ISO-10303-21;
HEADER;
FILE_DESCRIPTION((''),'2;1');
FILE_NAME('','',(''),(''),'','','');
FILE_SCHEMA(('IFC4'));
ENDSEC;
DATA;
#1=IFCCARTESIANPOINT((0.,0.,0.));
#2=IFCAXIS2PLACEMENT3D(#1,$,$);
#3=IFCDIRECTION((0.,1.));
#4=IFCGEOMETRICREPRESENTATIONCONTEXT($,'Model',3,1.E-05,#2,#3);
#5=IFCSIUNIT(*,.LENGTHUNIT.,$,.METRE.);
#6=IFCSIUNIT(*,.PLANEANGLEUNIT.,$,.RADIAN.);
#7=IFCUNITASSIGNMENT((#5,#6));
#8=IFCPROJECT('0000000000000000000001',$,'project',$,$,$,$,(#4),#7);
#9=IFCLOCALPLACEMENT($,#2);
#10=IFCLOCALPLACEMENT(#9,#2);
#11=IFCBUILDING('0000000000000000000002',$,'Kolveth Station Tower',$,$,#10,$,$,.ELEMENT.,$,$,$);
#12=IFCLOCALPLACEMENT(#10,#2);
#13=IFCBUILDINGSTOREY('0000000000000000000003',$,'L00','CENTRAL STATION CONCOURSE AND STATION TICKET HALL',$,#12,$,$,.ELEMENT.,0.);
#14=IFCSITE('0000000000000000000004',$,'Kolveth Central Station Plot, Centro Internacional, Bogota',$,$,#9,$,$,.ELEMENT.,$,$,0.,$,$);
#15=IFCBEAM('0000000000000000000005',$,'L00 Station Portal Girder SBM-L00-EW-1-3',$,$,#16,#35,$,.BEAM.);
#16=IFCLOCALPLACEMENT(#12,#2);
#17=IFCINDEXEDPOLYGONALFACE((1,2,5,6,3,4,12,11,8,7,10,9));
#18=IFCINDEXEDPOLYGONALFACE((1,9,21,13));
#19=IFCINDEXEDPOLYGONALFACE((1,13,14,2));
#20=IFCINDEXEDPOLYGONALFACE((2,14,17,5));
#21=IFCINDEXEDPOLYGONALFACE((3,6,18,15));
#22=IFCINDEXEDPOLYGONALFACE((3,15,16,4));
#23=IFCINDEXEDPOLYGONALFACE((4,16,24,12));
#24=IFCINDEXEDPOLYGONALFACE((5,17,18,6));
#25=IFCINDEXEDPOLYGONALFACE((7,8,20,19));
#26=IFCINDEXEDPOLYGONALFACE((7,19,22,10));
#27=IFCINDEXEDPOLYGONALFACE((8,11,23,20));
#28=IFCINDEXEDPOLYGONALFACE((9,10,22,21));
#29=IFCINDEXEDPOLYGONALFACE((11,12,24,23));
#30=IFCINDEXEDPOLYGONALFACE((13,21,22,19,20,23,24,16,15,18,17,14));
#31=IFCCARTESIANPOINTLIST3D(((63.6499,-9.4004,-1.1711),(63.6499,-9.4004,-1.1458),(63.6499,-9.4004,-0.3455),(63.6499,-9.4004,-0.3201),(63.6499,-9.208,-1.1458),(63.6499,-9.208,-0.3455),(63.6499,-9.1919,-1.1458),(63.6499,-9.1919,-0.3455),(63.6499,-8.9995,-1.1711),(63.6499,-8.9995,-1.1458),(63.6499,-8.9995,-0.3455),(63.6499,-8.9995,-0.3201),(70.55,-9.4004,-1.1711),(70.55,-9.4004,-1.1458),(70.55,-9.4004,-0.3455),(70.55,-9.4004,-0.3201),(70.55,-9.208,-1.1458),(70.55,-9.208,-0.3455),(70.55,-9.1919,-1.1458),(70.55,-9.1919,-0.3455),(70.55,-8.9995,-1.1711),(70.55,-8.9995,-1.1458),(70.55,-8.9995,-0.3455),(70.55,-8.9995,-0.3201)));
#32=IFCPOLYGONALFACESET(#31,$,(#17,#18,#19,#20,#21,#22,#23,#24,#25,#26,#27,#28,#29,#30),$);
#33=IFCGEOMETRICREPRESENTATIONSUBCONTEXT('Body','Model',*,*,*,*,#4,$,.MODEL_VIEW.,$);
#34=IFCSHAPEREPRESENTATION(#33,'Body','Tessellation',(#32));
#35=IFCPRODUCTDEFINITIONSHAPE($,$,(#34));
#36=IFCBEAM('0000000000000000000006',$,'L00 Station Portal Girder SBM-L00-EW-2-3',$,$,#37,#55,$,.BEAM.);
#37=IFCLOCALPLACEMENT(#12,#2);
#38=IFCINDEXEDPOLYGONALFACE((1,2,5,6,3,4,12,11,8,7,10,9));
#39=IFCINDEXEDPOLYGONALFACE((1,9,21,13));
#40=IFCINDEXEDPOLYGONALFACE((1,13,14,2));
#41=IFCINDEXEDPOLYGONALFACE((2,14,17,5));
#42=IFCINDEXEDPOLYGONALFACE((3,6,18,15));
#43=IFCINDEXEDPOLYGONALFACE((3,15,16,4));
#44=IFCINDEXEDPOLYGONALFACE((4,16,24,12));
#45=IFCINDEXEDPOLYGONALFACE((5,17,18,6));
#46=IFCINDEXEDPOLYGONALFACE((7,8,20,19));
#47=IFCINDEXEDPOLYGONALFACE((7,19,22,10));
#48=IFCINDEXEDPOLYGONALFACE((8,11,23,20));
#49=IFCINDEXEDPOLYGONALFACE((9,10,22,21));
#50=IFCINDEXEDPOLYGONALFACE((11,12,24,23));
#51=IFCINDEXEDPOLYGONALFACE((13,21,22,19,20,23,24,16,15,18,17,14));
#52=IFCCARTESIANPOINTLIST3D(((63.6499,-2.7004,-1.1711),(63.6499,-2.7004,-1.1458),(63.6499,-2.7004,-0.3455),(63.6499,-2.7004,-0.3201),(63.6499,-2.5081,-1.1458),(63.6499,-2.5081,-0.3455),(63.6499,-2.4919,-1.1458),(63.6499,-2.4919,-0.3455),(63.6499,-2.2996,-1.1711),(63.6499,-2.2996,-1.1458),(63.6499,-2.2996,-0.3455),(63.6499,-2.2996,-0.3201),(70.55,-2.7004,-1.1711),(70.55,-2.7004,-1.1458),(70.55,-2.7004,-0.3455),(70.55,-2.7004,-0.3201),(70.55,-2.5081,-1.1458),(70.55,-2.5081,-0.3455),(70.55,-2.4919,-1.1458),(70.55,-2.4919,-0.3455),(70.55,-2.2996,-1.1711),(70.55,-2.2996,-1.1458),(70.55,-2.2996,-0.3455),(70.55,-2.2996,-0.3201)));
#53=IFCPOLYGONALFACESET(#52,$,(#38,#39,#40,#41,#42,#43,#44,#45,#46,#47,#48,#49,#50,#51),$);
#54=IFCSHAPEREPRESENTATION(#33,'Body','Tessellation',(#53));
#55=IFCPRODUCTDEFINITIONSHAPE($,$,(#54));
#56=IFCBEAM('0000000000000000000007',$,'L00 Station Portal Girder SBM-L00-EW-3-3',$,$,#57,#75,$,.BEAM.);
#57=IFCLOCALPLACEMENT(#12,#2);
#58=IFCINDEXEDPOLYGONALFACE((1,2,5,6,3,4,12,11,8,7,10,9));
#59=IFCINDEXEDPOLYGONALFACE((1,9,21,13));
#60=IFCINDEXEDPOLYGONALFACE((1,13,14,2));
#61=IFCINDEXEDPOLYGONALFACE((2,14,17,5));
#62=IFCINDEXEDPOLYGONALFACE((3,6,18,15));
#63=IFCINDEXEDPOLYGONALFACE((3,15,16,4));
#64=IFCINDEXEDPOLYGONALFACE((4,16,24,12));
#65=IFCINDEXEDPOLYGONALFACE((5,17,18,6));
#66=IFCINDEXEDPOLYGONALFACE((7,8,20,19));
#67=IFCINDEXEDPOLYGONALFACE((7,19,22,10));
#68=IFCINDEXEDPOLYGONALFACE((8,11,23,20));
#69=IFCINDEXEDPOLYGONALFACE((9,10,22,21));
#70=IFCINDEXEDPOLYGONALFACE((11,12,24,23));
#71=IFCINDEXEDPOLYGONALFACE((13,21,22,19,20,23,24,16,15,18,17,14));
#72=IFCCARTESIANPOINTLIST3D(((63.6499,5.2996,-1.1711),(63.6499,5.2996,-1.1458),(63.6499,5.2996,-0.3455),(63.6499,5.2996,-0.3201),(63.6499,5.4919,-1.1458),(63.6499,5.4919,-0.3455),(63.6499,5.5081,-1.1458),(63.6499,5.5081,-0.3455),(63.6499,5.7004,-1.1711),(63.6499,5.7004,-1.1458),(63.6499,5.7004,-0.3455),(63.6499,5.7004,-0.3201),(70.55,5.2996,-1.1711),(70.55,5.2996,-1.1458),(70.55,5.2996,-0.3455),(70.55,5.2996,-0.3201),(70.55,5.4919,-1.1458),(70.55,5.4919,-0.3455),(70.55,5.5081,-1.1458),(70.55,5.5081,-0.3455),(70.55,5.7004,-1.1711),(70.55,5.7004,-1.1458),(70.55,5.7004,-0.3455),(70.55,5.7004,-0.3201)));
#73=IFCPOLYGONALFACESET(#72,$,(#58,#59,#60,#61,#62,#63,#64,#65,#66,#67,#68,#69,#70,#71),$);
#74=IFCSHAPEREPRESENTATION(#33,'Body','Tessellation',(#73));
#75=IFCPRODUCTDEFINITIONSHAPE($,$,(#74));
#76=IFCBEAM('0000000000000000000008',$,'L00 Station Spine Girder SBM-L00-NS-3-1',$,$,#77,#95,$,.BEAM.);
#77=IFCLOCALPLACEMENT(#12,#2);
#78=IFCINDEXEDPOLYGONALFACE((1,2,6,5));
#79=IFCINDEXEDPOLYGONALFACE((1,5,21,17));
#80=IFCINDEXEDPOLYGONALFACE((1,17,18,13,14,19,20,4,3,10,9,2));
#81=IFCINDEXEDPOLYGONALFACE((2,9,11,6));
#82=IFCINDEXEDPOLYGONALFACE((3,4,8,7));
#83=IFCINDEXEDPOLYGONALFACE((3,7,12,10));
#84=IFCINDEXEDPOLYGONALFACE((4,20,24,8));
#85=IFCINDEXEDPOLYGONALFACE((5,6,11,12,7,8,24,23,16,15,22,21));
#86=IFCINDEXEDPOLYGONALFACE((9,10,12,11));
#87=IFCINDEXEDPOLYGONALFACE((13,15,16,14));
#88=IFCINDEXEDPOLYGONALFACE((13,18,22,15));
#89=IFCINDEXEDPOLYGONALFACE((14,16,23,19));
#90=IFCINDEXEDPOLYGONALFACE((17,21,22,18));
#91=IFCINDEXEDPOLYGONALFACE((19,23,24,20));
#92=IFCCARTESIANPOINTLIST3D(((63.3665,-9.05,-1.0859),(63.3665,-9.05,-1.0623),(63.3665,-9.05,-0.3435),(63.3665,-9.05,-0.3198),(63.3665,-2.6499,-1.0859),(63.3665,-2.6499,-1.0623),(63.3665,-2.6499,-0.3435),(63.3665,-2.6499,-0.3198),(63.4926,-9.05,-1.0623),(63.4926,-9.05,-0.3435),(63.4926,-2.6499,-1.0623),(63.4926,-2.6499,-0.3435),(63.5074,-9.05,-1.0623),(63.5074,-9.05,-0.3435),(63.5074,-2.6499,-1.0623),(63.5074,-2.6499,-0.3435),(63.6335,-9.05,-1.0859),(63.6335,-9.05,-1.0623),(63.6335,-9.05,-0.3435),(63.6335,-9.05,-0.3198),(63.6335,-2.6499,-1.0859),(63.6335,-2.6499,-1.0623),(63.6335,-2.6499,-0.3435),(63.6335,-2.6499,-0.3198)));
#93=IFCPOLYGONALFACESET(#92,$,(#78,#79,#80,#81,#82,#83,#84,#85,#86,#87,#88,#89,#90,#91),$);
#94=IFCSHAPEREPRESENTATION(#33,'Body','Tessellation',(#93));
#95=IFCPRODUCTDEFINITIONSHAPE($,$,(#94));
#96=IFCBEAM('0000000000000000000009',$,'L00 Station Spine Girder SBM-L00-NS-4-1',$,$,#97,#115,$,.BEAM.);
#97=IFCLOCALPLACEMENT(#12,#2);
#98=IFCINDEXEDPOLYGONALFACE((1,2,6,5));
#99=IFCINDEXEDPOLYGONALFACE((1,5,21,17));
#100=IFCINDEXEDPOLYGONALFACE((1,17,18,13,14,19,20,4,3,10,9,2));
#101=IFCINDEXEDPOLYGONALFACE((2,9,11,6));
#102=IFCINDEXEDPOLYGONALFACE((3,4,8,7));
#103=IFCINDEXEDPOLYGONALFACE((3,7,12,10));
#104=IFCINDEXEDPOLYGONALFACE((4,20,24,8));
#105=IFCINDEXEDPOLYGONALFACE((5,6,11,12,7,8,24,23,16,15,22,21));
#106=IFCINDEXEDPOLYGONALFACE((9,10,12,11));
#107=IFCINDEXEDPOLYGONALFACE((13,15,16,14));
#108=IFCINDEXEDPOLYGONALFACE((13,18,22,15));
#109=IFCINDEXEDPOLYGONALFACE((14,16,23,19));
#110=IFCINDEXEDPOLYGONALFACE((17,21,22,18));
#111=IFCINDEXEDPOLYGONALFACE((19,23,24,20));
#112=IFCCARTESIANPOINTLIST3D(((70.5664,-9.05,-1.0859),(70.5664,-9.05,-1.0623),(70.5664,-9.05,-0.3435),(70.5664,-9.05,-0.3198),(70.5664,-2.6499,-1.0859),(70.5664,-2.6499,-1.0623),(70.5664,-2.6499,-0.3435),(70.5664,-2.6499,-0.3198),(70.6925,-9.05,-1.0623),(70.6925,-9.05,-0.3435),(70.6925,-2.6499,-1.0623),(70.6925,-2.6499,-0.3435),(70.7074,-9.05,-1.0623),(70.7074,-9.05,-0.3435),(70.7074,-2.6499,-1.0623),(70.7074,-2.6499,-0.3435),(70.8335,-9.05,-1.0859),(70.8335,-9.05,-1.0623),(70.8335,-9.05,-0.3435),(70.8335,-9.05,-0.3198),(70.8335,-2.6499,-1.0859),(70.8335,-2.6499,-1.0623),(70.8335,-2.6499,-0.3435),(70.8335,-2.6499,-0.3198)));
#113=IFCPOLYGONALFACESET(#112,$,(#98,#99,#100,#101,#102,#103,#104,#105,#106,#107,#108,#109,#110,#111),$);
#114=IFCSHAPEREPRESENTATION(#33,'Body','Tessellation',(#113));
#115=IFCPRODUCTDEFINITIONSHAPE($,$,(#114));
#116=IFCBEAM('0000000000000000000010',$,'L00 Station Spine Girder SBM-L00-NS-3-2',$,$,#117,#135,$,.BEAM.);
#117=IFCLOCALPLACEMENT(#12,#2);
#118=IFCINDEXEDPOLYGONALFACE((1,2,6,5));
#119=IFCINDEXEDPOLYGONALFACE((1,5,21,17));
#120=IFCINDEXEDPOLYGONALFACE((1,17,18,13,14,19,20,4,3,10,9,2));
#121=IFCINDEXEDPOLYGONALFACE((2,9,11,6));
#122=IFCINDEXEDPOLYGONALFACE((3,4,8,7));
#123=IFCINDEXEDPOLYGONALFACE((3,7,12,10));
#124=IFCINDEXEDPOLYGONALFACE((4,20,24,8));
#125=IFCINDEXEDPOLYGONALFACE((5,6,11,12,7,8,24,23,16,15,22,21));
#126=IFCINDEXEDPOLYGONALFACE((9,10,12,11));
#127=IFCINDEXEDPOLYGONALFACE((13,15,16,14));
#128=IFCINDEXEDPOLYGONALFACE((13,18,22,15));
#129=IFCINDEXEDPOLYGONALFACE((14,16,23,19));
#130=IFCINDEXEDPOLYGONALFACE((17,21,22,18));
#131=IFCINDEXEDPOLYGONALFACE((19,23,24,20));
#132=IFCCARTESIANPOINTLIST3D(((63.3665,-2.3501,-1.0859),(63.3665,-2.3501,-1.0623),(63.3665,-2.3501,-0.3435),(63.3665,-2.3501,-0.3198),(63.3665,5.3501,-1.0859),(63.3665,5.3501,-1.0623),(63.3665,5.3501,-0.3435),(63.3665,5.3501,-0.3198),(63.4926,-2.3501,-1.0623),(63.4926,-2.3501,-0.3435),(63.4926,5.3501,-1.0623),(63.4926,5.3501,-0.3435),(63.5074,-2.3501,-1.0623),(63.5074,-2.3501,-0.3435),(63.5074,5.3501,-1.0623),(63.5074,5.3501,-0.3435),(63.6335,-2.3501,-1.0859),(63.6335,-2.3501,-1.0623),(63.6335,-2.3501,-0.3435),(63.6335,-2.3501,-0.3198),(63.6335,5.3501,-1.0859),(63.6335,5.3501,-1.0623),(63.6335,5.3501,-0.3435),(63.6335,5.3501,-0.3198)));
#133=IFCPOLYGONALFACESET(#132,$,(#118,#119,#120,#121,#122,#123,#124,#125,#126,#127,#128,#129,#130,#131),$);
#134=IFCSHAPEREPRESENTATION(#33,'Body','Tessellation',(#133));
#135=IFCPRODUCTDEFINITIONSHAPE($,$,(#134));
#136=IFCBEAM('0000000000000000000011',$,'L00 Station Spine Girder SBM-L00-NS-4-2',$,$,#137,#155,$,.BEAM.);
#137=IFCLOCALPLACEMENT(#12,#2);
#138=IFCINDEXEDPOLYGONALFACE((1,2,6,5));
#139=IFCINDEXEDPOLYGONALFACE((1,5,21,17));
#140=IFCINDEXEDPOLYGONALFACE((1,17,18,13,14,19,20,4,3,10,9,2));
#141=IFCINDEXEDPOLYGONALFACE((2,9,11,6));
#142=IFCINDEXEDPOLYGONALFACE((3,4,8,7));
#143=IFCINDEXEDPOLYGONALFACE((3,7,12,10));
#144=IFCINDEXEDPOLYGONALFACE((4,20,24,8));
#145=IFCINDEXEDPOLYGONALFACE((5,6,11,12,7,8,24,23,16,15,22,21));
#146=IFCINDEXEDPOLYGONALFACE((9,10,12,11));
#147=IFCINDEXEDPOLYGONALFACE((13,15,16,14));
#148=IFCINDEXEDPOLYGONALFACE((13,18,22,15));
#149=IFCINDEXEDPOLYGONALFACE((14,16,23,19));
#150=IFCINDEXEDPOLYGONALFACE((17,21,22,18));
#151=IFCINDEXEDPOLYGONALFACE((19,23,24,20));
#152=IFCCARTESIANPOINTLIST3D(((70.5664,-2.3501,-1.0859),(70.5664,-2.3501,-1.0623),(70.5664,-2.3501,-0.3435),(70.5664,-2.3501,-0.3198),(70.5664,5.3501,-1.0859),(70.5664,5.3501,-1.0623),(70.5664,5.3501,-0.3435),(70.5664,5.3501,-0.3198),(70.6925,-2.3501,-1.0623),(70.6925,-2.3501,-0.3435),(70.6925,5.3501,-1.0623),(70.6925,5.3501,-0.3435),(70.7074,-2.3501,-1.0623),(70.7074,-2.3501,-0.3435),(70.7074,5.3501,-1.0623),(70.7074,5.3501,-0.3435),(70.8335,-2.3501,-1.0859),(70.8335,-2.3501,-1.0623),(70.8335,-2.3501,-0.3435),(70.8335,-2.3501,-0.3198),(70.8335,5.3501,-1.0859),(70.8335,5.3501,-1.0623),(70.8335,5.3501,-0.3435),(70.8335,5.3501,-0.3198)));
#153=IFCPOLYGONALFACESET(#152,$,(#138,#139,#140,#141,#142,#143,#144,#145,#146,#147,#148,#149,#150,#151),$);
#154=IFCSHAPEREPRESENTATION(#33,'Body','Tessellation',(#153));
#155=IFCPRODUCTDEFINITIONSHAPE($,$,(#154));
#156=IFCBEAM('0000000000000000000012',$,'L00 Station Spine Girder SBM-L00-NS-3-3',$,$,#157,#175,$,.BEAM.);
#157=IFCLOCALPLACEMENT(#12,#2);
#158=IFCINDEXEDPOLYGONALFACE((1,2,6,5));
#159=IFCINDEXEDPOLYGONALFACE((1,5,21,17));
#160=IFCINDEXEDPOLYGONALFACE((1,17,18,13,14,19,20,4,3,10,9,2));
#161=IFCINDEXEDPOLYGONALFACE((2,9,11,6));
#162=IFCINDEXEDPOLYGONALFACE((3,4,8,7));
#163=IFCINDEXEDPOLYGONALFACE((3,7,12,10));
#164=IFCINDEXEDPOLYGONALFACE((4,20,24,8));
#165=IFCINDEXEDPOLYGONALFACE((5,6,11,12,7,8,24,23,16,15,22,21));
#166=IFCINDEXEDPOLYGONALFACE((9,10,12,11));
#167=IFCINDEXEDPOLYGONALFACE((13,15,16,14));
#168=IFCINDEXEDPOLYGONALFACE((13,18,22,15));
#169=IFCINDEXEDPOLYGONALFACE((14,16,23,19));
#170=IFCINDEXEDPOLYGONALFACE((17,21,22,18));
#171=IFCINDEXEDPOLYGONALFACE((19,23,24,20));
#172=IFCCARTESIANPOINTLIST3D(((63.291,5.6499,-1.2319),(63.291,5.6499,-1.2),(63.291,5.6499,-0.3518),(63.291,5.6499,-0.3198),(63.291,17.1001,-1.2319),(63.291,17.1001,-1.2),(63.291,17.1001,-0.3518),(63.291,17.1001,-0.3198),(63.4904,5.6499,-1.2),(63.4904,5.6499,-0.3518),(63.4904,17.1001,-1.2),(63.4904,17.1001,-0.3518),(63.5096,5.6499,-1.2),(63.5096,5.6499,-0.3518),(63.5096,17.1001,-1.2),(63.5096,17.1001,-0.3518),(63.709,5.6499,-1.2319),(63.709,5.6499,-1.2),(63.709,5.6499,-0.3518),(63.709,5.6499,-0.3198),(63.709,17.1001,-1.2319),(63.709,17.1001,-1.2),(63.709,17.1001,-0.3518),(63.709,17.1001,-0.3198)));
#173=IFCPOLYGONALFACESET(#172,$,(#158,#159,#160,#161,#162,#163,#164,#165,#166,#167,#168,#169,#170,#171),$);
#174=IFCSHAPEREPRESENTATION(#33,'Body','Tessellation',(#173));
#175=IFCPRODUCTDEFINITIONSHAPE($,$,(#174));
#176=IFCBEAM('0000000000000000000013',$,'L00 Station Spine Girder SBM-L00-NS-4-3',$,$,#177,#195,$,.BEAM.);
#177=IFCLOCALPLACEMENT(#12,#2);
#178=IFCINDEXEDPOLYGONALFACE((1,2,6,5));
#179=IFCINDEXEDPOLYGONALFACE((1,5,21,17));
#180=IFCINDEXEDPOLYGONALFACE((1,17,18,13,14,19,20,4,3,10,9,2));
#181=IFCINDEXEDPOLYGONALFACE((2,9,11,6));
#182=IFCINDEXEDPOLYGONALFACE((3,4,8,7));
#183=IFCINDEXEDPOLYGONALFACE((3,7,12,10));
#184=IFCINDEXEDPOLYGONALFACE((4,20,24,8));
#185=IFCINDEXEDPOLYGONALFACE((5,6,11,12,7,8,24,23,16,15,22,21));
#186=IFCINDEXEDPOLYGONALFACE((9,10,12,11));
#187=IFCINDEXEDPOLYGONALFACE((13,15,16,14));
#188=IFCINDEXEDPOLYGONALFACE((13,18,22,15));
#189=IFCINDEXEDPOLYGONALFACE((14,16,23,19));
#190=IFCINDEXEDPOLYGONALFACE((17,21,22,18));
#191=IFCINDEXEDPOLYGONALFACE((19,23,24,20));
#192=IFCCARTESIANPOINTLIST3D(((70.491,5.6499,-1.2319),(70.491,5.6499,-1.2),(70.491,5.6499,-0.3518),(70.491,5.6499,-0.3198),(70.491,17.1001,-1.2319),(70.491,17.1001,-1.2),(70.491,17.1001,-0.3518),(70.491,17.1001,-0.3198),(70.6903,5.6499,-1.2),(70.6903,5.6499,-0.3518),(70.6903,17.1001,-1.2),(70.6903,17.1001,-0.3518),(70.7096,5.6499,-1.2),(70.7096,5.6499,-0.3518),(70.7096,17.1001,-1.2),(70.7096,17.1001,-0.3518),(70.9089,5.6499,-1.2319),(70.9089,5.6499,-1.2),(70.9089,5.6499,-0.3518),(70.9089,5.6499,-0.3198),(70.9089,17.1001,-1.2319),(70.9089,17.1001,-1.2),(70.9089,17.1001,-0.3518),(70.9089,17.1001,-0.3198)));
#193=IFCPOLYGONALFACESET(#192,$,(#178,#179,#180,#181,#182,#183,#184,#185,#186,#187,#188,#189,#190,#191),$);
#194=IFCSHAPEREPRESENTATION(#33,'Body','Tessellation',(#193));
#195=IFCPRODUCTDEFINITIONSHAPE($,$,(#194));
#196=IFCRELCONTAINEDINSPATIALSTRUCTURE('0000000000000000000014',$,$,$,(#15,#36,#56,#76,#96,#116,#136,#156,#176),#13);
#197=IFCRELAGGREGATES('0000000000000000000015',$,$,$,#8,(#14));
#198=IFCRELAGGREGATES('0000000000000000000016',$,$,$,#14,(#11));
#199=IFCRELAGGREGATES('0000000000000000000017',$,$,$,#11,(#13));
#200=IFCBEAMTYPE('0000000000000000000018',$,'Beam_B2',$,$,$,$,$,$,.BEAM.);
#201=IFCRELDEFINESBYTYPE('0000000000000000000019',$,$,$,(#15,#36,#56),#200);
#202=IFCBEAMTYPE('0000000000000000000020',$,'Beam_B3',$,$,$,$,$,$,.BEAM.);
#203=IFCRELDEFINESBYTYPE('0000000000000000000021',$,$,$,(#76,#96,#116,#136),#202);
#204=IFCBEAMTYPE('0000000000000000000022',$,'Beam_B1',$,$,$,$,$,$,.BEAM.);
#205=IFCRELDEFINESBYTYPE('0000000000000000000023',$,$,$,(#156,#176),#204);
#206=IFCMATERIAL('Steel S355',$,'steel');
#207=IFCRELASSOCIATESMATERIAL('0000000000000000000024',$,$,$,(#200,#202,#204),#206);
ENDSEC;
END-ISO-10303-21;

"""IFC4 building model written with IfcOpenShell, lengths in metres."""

from ifc_helpers import new_model, si_unit, direction, frame, origin, origin_2d, place, context, subcontext, project, spatial, i_section, extrude, source, transform, mapped, material, material_profile, profile_set, type_object, element, save


model = new_model("IFC4")

# Units and contexts
model_context = context("Model", 3, precision=1e-05, world=origin(), true_north=direction((0.0, 1.0)))
body_context = subcontext(model_context, "Body", "Model", "MODEL_VIEW")
ifc_project = project(units=[si_unit("LENGTHUNIT", "METRE"), si_unit("PLANEANGLEUNIT", "RADIAN")], contexts=[model_context])

# Site, building, storey
site_placement = place(None, origin())
site = spatial("IfcSite", under=ifc_project, at=site_placement, Name="Kolveth Central Station Plot, Centro Internacional, Bogota", CompositionType="ELEMENT", RefElevation=0.0)
building_placement = place(site_placement, origin())
building = spatial("IfcBuilding", under=site, at=building_placement, Name="Kolveth Station Tower", CompositionType="ELEMENT")
storey_placement = place(building_placement, origin())
storey = spatial("IfcBuildingStorey", under=building, at=storey_placement, Name="L00", Description="CENTRAL STATION CONCOURSE AND STATION TICKET HALL", CompositionType="ELEMENT", Elevation=0.0)

# Shared definitions
ifc_material_1 = material(Name="Steel S355", Category="steel")

# Beams
ifc_material_profile_1 = material_profile(ifc_material_1, i_section(OverallWidth=0.4009, OverallDepth=0.8511, WebThickness=0.0161, FlangeThickness=0.0254, at=origin_2d()), Name="W840x226")
ifc_profile_set_1 = profile_set([ifc_material_profile_1], Name="Steel S355")
beam_type_1 = type_object("IfcBeamType", Name="Beam_B2", PredefinedType="BEAM", material=ifc_profile_set_1)
shared_shape_1 = source(origin(), body_context, "Body", "SweptSolid", [
    extrude(i_section(OverallWidth=0.4009, OverallDepth=0.8511, WebThickness=0.0161, FlangeThickness=0.0254, at=origin_2d()), origin(), (0.0, 0.0, 1.0), 6.9001),
])
for number, where, z_axis, x_axis, name in (
    (1, (63.6499, -9.2, -0.7456), (1.0, 0.0, 0.0), (0.0, 1.0, 0.0), "L00 Station Portal Girder SBM-L00-EW-1-3"),
    (2, (63.6499, -2.5, -0.7456), (1.0, 0.0, 0.0), (0.0, 1.0, 0.0), "L00 Station Portal Girder SBM-L00-EW-2-3"),
    (3, (63.6499, 5.5, -0.7456), (1.0, 0.0, 0.0), (0.0, 1.0, 0.0), "L00 Station Portal Girder SBM-L00-EW-3-3"),
):
    element("IfcBeam", number, at=place(storey_placement, frame(where, z_axis=z_axis, x_axis=x_axis)), inside=storey, type_object=beam_type_1, Name=name, PredefinedType="BEAM", context=body_context, shape_type="MappedRepresentation", body=[
        mapped(shared_shape_1, transform((0.0, 0.0, 0.0), x_axis=(1.0, 0.0, 0.0), y_axis=(0.0, 1.0, 0.0), z_axis=(0.0, 0.0, 1.0), scale=1.0)),
    ])
ifc_material_profile_2 = material_profile(ifc_material_1, i_section(OverallWidth=0.2671, OverallDepth=0.7661, WebThickness=0.0149, FlangeThickness=0.0237, at=origin_2d()), Name="W760x185")
ifc_profile_set_2 = profile_set([ifc_material_profile_2], Name="Steel S355")
beam_type_2 = type_object("IfcBeamType", Name="Beam_B3", PredefinedType="BEAM", material=ifc_profile_set_2)
shared_shape_2 = source(origin(), body_context, "Body", "SweptSolid", [
    extrude(i_section(OverallWidth=0.2671, OverallDepth=0.7661, WebThickness=0.0149, FlangeThickness=0.0237, at=origin_2d()), origin(), (0.0, 0.0, 1.0), 6.4001),
])
for number, where, z_axis, x_axis, name in (
    (4, (63.5, -9.05, -0.7029), (0.0, 1.0, 0.0), (-1.0, 0.0, 0.0), "L00 Station Spine Girder SBM-L00-NS-3-1"),
    (5, (70.7, -9.05, -0.7029), (0.0, 1.0, 0.0), (-1.0, 0.0, 0.0), "L00 Station Spine Girder SBM-L00-NS-4-1"),
):
    element("IfcBeam", number, at=place(storey_placement, frame(where, z_axis=z_axis, x_axis=x_axis)), inside=storey, type_object=beam_type_2, Name=name, PredefinedType="BEAM", context=body_context, shape_type="MappedRepresentation", body=[
        mapped(shared_shape_2, transform((0.0, 0.0, 0.0), x_axis=(1.0, 0.0, 0.0), y_axis=(0.0, 1.0, 0.0), z_axis=(0.0, 0.0, 1.0), scale=1.0)),
    ])
shared_shape_3 = source(origin(), body_context, "Body", "SweptSolid", [
    extrude(i_section(OverallWidth=0.2671, OverallDepth=0.7661, WebThickness=0.0149, FlangeThickness=0.0237, at=origin_2d()), origin(), (0.0, 0.0, 1.0), 7.7002),
])
for number, where, z_axis, x_axis, name in (
    (6, (63.5, -2.3501, -0.7029), (0.0, 1.0, 0.0), (-1.0, 0.0, 0.0), "L00 Station Spine Girder SBM-L00-NS-3-2"),
    (7, (70.7, -2.3501, -0.7029), (0.0, 1.0, 0.0), (-1.0, 0.0, 0.0), "L00 Station Spine Girder SBM-L00-NS-4-2"),
):
    element("IfcBeam", number, at=place(storey_placement, frame(where, z_axis=z_axis, x_axis=x_axis)), inside=storey, type_object=beam_type_2, Name=name, PredefinedType="BEAM", context=body_context, shape_type="MappedRepresentation", body=[
        mapped(shared_shape_3, transform((0.0, 0.0, 0.0), x_axis=(1.0, 0.0, 0.0), y_axis=(0.0, 1.0, 0.0), z_axis=(0.0, 0.0, 1.0), scale=1.0)),
    ])
ifc_material_profile_3 = material_profile(ifc_material_1, i_section(OverallWidth=0.418, OverallDepth=0.9121, WebThickness=0.0193, FlangeThickness=0.032, at=origin_2d()), Name="W920x342")
ifc_profile_set_3 = profile_set([ifc_material_profile_3], Name="Steel S355")
beam_type_3 = type_object("IfcBeamType", Name="Beam_B1", PredefinedType="BEAM", material=ifc_profile_set_3)
shared_shape_4 = source(origin(), body_context, "Body", "SweptSolid", [
    extrude(i_section(OverallWidth=0.418, OverallDepth=0.9121, WebThickness=0.0193, FlangeThickness=0.032, at=origin_2d()), origin(), (0.0, 0.0, 1.0), 11.4502),
])
for number, where, z_axis, x_axis, name in (
    (8, (63.5, 5.6499, -0.7759), (0.0, 1.0, 0.0), (-1.0, 0.0, 0.0), "L00 Station Spine Girder SBM-L00-NS-3-3"),
    (9, (70.7, 5.6499, -0.7759), (0.0, 1.0, 0.0), (-1.0, 0.0, 0.0), "L00 Station Spine Girder SBM-L00-NS-4-3"),
):
    element("IfcBeam", number, at=place(storey_placement, frame(where, z_axis=z_axis, x_axis=x_axis)), inside=storey, type_object=beam_type_3, Name=name, PredefinedType="BEAM", context=body_context, shape_type="MappedRepresentation", body=[
        mapped(shared_shape_4, transform((0.0, 0.0, 0.0), x_axis=(1.0, 0.0, 0.0), y_axis=(0.0, 1.0, 0.0), z_axis=(0.0, 0.0, 1.0), scale=1.0)),
    ])

save(model, "model.ifc")
